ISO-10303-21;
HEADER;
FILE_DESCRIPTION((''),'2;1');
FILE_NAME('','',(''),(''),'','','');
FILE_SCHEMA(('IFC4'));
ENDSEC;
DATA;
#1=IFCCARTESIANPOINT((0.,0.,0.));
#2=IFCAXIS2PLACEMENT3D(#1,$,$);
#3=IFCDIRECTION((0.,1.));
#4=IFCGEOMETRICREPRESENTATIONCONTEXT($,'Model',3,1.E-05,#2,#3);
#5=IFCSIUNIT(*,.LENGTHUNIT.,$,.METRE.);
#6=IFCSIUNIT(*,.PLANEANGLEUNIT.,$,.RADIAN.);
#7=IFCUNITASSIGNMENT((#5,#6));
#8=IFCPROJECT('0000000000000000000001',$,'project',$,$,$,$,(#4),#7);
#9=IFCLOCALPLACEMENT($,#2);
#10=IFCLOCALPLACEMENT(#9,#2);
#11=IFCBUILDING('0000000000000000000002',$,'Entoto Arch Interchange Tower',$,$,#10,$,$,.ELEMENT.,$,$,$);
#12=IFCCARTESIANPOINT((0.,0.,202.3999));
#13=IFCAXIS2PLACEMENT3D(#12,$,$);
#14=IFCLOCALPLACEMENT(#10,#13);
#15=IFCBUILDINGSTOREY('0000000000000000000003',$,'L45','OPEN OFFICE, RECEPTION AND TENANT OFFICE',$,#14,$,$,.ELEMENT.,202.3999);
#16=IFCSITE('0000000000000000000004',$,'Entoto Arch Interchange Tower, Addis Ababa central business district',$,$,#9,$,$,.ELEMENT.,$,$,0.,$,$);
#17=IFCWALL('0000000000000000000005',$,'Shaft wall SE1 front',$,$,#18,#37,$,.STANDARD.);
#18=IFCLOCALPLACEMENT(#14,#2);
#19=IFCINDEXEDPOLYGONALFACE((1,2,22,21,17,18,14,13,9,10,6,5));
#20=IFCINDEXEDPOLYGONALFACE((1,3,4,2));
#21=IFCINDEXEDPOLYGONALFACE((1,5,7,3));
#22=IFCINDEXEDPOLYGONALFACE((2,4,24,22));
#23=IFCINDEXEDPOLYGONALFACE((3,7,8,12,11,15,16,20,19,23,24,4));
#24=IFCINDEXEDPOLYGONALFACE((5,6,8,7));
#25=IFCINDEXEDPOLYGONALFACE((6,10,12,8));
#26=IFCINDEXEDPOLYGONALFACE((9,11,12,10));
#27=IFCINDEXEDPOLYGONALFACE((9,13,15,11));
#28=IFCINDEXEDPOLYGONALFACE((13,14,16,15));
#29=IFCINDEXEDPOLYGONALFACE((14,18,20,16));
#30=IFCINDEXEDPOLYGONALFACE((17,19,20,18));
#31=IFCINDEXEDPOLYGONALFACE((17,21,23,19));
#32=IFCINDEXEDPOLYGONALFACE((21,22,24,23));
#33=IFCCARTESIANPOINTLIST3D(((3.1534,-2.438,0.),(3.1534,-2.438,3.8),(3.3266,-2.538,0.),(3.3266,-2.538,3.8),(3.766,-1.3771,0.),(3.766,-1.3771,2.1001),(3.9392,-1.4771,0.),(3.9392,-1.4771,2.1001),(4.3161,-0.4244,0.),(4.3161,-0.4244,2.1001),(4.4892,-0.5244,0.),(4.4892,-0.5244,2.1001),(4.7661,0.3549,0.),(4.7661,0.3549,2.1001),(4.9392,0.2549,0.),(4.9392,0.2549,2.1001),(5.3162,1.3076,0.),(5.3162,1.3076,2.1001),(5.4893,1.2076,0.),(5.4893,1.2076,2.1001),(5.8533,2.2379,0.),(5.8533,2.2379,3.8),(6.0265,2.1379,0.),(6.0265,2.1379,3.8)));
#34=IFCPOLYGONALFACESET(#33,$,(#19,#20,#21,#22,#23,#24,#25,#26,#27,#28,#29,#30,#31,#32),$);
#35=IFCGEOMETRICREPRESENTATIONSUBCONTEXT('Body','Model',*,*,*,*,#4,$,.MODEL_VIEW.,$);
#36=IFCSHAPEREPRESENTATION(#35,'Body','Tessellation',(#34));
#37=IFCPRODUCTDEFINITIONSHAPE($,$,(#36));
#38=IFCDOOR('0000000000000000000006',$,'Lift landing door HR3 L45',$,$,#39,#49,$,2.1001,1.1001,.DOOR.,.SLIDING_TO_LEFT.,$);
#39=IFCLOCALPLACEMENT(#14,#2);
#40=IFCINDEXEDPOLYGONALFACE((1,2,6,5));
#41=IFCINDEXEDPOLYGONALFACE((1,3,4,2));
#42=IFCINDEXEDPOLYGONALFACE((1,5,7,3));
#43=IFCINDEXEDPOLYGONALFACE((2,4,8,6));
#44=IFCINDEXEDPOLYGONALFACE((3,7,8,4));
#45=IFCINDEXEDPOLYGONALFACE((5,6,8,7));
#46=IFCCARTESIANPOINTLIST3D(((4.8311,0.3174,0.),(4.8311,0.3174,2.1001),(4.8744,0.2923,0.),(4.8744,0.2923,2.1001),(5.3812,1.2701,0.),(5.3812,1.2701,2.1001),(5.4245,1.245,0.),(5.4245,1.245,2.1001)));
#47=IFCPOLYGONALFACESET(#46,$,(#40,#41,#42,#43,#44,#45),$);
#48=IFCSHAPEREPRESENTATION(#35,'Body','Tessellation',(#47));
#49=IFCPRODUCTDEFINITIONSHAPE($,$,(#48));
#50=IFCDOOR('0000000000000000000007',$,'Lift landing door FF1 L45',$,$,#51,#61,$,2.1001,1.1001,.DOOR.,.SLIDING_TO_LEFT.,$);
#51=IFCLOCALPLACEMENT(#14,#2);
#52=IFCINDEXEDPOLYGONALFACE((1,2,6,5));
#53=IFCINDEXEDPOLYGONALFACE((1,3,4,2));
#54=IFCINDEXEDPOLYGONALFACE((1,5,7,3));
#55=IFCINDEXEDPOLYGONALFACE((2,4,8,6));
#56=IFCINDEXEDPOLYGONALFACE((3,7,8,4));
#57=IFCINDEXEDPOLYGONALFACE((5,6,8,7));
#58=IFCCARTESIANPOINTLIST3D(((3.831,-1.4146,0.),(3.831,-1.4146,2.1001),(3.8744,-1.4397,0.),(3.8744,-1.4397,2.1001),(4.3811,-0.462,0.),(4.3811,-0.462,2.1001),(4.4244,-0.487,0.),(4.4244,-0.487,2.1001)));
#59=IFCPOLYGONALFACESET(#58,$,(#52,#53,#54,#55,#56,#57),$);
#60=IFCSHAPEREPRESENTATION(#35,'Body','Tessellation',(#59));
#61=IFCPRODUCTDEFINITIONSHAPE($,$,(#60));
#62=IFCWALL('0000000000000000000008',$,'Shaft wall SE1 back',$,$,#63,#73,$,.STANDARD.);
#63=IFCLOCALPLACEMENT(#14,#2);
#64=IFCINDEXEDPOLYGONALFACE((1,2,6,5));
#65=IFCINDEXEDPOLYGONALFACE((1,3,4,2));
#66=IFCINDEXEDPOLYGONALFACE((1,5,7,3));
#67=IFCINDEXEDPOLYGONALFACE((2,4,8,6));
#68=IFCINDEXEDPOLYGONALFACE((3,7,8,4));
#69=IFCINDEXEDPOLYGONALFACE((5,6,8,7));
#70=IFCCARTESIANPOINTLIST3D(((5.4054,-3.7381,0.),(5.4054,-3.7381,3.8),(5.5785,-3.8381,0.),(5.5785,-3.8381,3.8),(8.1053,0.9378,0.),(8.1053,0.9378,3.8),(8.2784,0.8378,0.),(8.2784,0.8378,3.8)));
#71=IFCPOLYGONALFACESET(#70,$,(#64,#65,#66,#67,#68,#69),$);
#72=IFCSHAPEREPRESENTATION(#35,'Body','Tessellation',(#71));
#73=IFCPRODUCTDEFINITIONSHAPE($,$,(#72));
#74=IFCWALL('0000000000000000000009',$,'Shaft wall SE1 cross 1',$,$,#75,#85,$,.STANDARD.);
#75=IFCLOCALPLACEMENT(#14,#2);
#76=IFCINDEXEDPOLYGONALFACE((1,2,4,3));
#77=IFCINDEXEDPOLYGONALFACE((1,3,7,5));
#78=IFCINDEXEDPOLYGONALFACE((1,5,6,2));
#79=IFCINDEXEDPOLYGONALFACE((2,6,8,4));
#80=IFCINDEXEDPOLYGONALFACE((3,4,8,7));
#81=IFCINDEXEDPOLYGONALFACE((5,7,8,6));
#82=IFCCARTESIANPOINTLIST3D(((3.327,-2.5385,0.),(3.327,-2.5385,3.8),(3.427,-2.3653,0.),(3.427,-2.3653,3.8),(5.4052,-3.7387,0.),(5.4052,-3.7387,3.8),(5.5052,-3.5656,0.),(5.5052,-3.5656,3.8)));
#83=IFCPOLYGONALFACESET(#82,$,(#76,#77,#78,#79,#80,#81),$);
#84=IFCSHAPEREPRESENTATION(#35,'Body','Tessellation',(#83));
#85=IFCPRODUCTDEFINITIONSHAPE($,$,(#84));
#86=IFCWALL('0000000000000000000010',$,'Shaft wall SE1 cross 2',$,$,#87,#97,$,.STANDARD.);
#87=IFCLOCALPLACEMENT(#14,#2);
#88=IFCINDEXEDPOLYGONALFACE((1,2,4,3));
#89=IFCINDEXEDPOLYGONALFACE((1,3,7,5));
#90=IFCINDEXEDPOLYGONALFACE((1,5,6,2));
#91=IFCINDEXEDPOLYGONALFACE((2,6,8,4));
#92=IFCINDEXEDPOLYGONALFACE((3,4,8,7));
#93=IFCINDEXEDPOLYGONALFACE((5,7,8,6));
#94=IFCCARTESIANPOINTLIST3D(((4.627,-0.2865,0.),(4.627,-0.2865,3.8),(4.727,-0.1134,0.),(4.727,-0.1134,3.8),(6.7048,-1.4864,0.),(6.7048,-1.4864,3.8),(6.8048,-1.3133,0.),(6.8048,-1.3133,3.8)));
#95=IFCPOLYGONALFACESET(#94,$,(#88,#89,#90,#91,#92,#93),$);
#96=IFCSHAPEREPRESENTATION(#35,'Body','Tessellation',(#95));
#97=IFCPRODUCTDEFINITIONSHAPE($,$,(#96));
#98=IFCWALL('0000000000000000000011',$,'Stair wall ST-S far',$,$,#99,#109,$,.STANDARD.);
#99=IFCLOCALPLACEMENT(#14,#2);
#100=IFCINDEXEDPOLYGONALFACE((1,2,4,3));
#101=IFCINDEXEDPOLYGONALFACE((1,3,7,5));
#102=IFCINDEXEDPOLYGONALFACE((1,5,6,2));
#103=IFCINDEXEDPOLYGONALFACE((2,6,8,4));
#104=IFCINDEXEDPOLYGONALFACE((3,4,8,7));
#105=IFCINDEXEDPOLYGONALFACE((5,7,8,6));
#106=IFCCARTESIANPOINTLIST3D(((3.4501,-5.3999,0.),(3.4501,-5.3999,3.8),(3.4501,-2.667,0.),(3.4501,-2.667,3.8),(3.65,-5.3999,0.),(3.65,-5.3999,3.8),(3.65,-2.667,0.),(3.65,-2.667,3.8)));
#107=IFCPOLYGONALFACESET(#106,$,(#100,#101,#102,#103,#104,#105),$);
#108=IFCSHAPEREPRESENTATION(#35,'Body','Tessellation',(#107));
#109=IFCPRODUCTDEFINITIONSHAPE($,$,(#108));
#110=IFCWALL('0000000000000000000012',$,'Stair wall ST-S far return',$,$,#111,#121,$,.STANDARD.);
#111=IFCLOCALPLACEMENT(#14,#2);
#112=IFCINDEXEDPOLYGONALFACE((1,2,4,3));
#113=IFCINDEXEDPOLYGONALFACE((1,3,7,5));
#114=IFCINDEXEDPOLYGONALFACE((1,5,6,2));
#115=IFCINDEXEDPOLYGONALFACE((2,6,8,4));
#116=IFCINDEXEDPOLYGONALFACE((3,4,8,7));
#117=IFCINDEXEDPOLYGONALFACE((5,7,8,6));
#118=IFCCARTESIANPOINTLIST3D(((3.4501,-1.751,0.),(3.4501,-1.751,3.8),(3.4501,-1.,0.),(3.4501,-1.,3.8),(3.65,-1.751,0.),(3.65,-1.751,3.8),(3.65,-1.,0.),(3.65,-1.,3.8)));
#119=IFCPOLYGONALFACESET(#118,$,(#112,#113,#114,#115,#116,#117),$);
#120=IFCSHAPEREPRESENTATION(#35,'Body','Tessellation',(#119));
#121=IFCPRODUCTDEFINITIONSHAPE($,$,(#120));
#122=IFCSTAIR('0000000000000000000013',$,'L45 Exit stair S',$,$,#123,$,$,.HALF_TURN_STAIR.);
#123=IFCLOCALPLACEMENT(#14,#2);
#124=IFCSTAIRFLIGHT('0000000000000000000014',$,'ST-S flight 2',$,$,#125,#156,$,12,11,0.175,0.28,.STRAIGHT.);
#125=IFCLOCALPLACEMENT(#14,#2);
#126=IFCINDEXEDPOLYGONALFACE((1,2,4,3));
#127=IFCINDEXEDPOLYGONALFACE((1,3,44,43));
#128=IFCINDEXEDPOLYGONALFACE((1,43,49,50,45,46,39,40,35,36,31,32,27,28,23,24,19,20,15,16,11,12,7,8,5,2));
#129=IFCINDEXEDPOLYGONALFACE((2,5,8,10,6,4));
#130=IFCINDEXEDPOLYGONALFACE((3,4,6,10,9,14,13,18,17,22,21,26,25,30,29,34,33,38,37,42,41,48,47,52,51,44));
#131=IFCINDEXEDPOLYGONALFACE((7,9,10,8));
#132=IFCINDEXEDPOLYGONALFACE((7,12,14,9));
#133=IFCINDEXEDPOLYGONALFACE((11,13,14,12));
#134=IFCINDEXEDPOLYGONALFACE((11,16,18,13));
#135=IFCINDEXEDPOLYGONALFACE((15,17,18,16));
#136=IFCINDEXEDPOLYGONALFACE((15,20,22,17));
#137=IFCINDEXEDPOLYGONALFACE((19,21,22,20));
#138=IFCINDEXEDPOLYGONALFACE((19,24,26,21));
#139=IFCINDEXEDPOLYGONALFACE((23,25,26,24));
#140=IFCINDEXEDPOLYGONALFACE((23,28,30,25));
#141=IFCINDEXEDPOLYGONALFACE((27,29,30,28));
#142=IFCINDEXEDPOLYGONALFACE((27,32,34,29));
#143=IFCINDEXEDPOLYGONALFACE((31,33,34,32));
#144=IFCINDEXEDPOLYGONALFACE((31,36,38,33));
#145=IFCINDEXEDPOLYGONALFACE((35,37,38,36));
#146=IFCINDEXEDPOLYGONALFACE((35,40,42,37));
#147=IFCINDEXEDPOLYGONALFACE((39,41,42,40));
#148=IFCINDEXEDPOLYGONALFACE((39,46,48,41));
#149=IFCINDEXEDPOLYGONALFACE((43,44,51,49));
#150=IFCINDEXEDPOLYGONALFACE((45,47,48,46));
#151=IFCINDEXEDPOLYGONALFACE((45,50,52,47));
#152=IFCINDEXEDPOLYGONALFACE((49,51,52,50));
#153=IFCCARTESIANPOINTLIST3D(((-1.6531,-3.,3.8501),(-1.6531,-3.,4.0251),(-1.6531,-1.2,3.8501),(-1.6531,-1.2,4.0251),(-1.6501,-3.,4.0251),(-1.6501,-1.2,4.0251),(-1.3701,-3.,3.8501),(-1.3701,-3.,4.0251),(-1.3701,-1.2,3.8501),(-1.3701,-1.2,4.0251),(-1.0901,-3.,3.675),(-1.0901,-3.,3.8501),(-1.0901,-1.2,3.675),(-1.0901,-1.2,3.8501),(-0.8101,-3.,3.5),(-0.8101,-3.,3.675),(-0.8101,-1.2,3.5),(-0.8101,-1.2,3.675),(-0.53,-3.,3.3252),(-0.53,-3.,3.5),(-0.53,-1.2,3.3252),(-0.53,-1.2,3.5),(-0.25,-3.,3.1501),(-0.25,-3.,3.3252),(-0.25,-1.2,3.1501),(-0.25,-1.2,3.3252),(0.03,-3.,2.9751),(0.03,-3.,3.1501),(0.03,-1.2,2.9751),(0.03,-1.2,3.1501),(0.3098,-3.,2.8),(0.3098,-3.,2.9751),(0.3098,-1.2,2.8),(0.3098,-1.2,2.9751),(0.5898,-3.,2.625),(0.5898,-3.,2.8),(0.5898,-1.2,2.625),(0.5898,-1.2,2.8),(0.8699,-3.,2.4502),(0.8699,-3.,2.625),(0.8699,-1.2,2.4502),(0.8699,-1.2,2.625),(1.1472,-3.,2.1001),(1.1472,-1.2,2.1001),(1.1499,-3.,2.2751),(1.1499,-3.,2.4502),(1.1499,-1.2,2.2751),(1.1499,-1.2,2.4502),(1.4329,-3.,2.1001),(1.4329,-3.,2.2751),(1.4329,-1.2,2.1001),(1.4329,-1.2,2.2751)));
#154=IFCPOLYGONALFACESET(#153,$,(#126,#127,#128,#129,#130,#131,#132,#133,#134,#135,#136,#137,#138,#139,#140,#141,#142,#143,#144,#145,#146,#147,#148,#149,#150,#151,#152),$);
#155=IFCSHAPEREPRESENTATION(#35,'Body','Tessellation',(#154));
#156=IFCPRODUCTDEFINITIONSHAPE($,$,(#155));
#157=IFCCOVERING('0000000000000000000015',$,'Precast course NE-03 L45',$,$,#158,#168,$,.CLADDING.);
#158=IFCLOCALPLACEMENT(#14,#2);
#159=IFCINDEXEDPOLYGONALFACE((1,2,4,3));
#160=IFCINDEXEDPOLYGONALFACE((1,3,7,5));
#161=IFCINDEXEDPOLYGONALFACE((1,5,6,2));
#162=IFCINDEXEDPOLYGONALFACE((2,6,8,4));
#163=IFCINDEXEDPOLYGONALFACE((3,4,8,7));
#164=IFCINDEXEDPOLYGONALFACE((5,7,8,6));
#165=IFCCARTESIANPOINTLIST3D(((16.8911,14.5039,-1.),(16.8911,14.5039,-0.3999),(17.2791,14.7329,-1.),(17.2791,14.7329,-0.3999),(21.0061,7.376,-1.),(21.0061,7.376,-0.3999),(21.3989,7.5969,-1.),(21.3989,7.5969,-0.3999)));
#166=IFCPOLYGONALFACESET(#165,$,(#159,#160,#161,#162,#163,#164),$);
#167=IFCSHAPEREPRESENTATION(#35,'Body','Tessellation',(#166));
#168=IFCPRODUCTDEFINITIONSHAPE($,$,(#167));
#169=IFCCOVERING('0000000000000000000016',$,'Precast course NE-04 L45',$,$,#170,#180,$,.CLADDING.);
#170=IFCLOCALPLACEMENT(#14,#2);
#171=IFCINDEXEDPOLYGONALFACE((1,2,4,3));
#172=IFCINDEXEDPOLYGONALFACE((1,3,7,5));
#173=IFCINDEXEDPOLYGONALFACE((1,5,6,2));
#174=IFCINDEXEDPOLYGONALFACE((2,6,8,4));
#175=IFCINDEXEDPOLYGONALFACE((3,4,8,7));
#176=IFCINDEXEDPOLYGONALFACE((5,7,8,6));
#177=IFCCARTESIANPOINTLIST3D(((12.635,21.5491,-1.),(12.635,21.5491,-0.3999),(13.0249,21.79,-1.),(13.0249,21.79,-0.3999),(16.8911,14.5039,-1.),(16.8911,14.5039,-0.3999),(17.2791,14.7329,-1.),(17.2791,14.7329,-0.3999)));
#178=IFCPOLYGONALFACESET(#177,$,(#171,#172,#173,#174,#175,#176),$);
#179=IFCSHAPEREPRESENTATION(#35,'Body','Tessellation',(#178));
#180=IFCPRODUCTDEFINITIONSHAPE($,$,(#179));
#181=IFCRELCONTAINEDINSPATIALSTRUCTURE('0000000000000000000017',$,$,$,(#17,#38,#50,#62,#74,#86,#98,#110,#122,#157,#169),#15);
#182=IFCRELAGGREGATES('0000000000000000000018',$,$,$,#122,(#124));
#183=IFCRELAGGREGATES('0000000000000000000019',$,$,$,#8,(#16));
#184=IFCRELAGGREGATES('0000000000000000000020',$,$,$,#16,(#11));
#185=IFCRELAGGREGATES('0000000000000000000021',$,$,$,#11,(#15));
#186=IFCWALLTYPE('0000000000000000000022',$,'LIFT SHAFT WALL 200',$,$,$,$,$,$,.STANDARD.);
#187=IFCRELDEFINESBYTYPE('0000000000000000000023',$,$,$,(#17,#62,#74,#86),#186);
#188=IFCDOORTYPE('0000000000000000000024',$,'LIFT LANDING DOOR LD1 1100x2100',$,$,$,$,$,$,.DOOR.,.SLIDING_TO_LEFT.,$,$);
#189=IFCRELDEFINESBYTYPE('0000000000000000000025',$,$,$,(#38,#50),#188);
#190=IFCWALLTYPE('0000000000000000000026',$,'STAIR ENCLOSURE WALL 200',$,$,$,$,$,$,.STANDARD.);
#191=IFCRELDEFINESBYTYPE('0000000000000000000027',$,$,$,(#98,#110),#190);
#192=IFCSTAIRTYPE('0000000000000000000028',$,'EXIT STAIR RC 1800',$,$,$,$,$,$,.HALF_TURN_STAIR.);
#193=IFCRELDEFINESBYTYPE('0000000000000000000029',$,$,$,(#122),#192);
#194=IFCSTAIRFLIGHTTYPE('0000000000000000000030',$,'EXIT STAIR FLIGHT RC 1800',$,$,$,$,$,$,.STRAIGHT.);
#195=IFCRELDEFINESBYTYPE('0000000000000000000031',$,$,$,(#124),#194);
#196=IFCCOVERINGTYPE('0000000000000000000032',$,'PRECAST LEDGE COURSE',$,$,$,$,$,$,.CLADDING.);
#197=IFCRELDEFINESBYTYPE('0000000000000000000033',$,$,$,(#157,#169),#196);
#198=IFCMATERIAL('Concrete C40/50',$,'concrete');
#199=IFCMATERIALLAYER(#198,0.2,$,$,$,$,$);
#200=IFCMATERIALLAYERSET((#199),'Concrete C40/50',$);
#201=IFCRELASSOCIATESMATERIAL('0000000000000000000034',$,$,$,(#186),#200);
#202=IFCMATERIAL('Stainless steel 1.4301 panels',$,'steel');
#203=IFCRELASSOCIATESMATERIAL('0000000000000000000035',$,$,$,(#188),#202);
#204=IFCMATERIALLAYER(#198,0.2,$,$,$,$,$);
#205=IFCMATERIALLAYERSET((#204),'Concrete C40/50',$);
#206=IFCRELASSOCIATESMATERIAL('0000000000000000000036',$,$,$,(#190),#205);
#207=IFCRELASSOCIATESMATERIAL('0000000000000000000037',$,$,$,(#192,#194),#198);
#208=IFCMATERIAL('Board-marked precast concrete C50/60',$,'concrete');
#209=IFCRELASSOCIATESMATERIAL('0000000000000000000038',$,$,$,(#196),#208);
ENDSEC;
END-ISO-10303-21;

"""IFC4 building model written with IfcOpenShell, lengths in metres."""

from ifc_helpers import new_model, si_unit, direction, frame, frame_2d, origin, place, context, subcontext, project, spatial, polyline, rectangle, outline, extrude, material, layer, layer_set, type_object, element, fill, aggregate, save


model = new_model("IFC4")

# Units and contexts
model_context = context("Model", 3, precision=1e-05, world=origin(), true_north=direction((0.0, 1.0)))
body_context = subcontext(model_context, "Body", "Model", "MODEL_VIEW")
ifc_project = project(units=[si_unit("LENGTHUNIT", "METRE"), si_unit("PLANEANGLEUNIT", "RADIAN")], contexts=[model_context])

# Site, building, storey
site_placement = place(None, origin())
site = spatial("IfcSite", under=ifc_project, at=site_placement, Name="Entoto Arch Interchange Tower, Addis Ababa central business district", CompositionType="ELEMENT", RefElevation=0.0)
building_placement = place(site_placement, origin())
building = spatial("IfcBuilding", under=site, at=building_placement, Name="Entoto Arch Interchange Tower", CompositionType="ELEMENT")
storey_placement = place(building_placement, frame((0.0, 0.0, 202.3999)))
storey = spatial("IfcBuildingStorey", under=building, at=storey_placement, Name="L45", Description="OPEN OFFICE, RECEPTION AND TENANT OFFICE", CompositionType="ELEMENT", Elevation=202.3999)

# Wall, openings, doors
ifc_material_1 = material(Name="Concrete C40/50", Category="concrete")
ifc_layer_1 = layer(ifc_material_1, 0.2)
ifc_layer_set_1 = layer_set([ifc_layer_1], Name="Concrete C40/50")
wall_type_1 = type_object("IfcWallType", Name="LIFT SHAFT WALL 200", PredefinedType="STANDARD", material=ifc_layer_set_1)
wall_1_placement = place(storey_placement, frame((3.24, -2.488, 0.0), z_axis=(0.0, 0.0, 1.0), x_axis=(0.500034, 0.866006, 0.0)))
wall_1 = element("IfcWall", 1, at=wall_1_placement, inside=storey, type_object=wall_type_1, Name="Shaft wall SE1 front", PredefinedType="STANDARD", context=body_context, shape_type="SweptSolid", body=[
    extrude(rectangle(XDim=5.3994, YDim=0.2, at=frame_2d((2.6997, 0.0))), origin(), (0.0, 0.0, 1.0), 3.8),
])
opening_1_placement = place(wall_1_placement, frame((3.2251, 0.0, 0.0)))
opening_1 = element("IfcOpeningElement", 2, at=opening_1_placement, cuts=wall_1, PredefinedType="OPENING", context=body_context, shape_type="SweptSolid", body=[
    extrude(rectangle(XDim=1.1001, YDim=2.1001, at=frame_2d((0.55, 1.05))), frame((0.0, 0.1099, 0.0), z_axis=(0.0, -1.0, 0.0), x_axis=(1.0, 0.0, 0.0)), (0.0, 0.0, 1.0), 0.22),
])
opening_2_placement = place(wall_1_placement, frame((1.2251, 0.0, 0.0)))
opening_2 = element("IfcOpeningElement", 3, at=opening_2_placement, cuts=wall_1, PredefinedType="OPENING", context=body_context, shape_type="SweptSolid", body=[
    extrude(rectangle(XDim=1.1001, YDim=2.1001, at=frame_2d((0.55, 1.05))), frame((0.0, 0.1099, 0.0), z_axis=(0.0, -1.0, 0.0), x_axis=(1.0, 0.0, 0.0)), (0.0, 0.0, 1.0), 0.22),
])
ifc_material_2 = material(Name="Stainless steel 1.4301 panels", Category="steel")
door_type = type_object("IfcDoorType", Name="LIFT LANDING DOOR LD1 1100x2100", OperationType="SLIDING_TO_LEFT", PredefinedType="DOOR", material=ifc_material_2)
door_1_placement = place(opening_1_placement, origin())
door_1 = element("IfcDoor", 4, at=door_1_placement, inside=storey, type_object=door_type, Name="Lift landing door HR3 L45", OperationType="SLIDING_TO_LEFT", OverallHeight=2.1001, OverallWidth=1.1001, PredefinedType="DOOR", context=body_context, shape_type="SweptSolid", body=[
    extrude(rectangle(XDim=1.1001, YDim=2.1001, at=frame_2d((0.55, 1.05))), frame((0.0, 0.0249, 0.0), z_axis=(0.0, -1.0, 0.0), x_axis=(1.0, 0.0, 0.0)), (0.0, 0.0, 1.0), 0.05),
])
fill(opening_1, door_1)
door_2_placement = place(opening_2_placement, origin())
door_2 = element("IfcDoor", 5, at=door_2_placement, inside=storey, type_object=door_type, Name="Lift landing door FF1 L45", OperationType="SLIDING_TO_LEFT", OverallHeight=2.1001, OverallWidth=1.1001, PredefinedType="DOOR", context=body_context, shape_type="SweptSolid", body=[
    extrude(rectangle(XDim=1.1001, YDim=2.1001, at=frame_2d((0.55, 1.05))), frame((0.0, 0.0249, 0.0), z_axis=(0.0, -1.0, 0.0), x_axis=(1.0, 0.0, 0.0)), (0.0, 0.0, 1.0), 0.05),
])
fill(opening_2, door_2)

# Walls
wall_2_placement = place(storey_placement, frame((5.4919, -3.7881, 0.0), z_axis=(0.0, 0.0, 1.0), x_axis=(0.500034, 0.866006, 0.0)))
element("IfcWall", 6, at=wall_2_placement, inside=storey, type_object=wall_type_1, Name="Shaft wall SE1 back", PredefinedType="STANDARD", context=body_context, shape_type="SweptSolid", body=[
    extrude(rectangle(XDim=5.3994, YDim=0.2, at=frame_2d((2.6997, 0.0))), origin(), (0.0, 0.0, 1.0), 3.8),
])
wall_3_placement = place(storey_placement, frame((3.377, -2.4519, 0.0), z_axis=(0.0, 0.0, 1.0), x_axis=(0.865955, -0.500122, 0.0)))
element("IfcWall", 7, at=wall_3_placement, inside=storey, type_object=wall_type_1, Name="Shaft wall SE1 cross 1", PredefinedType="STANDARD", context=body_context, shape_type="SweptSolid", body=[
    extrude(rectangle(XDim=2.3999, YDim=0.2, at=frame_2d((1.2, 0.0))), origin(), (0.0, 0.0, 1.0), 3.8),
])
wall_4_placement = place(storey_placement, frame((4.677, -0.2, 0.0), z_axis=(0.0, 0.0, 1.0), x_axis=(0.865974, -0.500089, 0.0)))
element("IfcWall", 8, at=wall_4_placement, inside=storey, type_object=wall_type_1, Name="Shaft wall SE1 cross 2", PredefinedType="STANDARD", context=body_context, shape_type="SweptSolid", body=[
    extrude(rectangle(XDim=2.3994, YDim=0.2, at=frame_2d((1.1997, 0.0))), origin(), (0.0, 0.0, 1.0), 3.8),
])
ifc_layer_2 = layer(ifc_material_1, 0.2)
ifc_layer_set_2 = layer_set([ifc_layer_2], Name="Concrete C40/50")
wall_type_2 = type_object("IfcWallType", Name="STAIR ENCLOSURE WALL 200", PredefinedType="STANDARD", material=ifc_layer_set_2)
wall_5_placement = place(storey_placement, frame((3.55, -2.667, 0.0), z_axis=(0.0, 0.0, 1.0), x_axis=(0.0, -1.0, 0.0)))
element("IfcWall", 9, at=wall_5_placement, inside=storey, type_object=wall_type_2, Name="Stair wall ST-S far", PredefinedType="STANDARD", context=body_context, shape_type="SweptSolid", body=[
    extrude(rectangle(XDim=2.7329, YDim=0.2, at=frame_2d((1.3665, 0.0))), origin(), (0.0, 0.0, 1.0), 3.8),
])
wall_6_placement = place(storey_placement, frame((3.55, -1.0, 0.0), z_axis=(0.0, 0.0, 1.0), x_axis=(0.0, -1.0, 0.0)))
element("IfcWall", 10, at=wall_6_placement, inside=storey, type_object=wall_type_2, Name="Stair wall ST-S far return", PredefinedType="STANDARD", context=body_context, shape_type="SweptSolid", body=[
    extrude(rectangle(XDim=0.751, YDim=0.2, at=frame_2d((0.3755, 0.0))), origin(), (0.0, 0.0, 1.0), 3.8),
])

# Stair, stair flight
stair_type = type_object("IfcStairType", Name="EXIT STAIR RC 1800", PredefinedType="HALF_TURN_STAIR", material=ifc_material_1)
stair_placement = place(storey_placement, origin())
stair = element("IfcStair", 11, at=stair_placement, inside=storey, type_object=stair_type, Name="L45 Exit stair S", PredefinedType="HALF_TURN_STAIR")
stair_flight_type = type_object("IfcStairFlightType", Name="EXIT STAIR FLIGHT RC 1800", PredefinedType="STRAIGHT", material=ifc_material_1)
stair_flight_placement = place(storey_placement, frame((1.4299, -2.1001, 2.1001), z_axis=(0.0, 0.0, 1.0), x_axis=(-1.0, 0.0, 0.0)))
stair_flight = element("IfcStairFlight", 12, at=stair_flight_placement, type_object=stair_flight_type, Name="ST-S flight 2", NumberOfRisers=12, NumberOfTreads=11, PredefinedType="STRAIGHT", RiserHeight=0.175, TreadLength=0.28, context=body_context, shape_type="SweptSolid", body=[
    extrude(outline(polyline([(-0.0029, 0.0), (-0.0029, 0.175), (0.28, 0.175), (0.28, 0.3501), (0.5601, 0.3501), (0.5601, 0.5249), (0.8401, 0.5249), (0.8401, 0.7), (1.1201, 0.7), (1.1201, 0.875), (1.3999, 0.875), (1.3999, 1.05), (1.6799, 1.05), (1.6799, 1.2251), (1.96, 1.2251), (1.96, 1.3999), (2.24, 1.3999), (2.24, 1.575), (2.52, 1.575), (2.52, 1.75), (2.8, 1.75), (2.8, 1.925), (3.0801, 1.925), (3.083, 1.925), (3.083, 1.75), (0.2827, 0.0), (-0.0029, 0.0)])), frame((0.0, 0.8999, 0.0), z_axis=(0.0, -1.0, 0.0), x_axis=(1.0, 0.0, 0.0)), (0.0, 0.0, 1.0), 1.8),
])
aggregate(stair, [stair_flight])

# Coverings
ifc_material_3 = material(Name="Board-marked precast concrete C50/60", Category="concrete")
covering_type = type_object("IfcCoveringType", Name="PRECAST LEDGE COURSE", PredefinedType="CLADDING", material=ifc_material_3)
covering_1_placement = place(storey_placement, frame((0.0, 0.0, -1.0)))
element("IfcCovering", 13, at=covering_1_placement, inside=storey, type_object=covering_type, Name="Precast course NE-03 L45", PredefinedType="CLADDING", context=body_context, shape_type="SweptSolid", body=[
    extrude(outline(polyline([(16.8911, 14.5039), (17.2791, 14.7329), (21.3989, 7.5969), (21.0061, 7.376), (16.8911, 14.5039)])), origin(), (0.0, 0.0, 1.0), 0.6001),
])
covering_2_placement = place(storey_placement, frame((0.0, 0.0, -1.0)))
element("IfcCovering", 14, at=covering_2_placement, inside=storey, type_object=covering_type, Name="Precast course NE-04 L45", PredefinedType="CLADDING", context=body_context, shape_type="SweptSolid", body=[
    extrude(outline(polyline([(12.635, 21.5491), (13.0249, 21.79), (17.2791, 14.7329), (16.8911, 14.5039), (12.635, 21.5491)])), origin(), (0.0, 0.0, 1.0), 0.6001),
])

save(model, "model.ifc")
